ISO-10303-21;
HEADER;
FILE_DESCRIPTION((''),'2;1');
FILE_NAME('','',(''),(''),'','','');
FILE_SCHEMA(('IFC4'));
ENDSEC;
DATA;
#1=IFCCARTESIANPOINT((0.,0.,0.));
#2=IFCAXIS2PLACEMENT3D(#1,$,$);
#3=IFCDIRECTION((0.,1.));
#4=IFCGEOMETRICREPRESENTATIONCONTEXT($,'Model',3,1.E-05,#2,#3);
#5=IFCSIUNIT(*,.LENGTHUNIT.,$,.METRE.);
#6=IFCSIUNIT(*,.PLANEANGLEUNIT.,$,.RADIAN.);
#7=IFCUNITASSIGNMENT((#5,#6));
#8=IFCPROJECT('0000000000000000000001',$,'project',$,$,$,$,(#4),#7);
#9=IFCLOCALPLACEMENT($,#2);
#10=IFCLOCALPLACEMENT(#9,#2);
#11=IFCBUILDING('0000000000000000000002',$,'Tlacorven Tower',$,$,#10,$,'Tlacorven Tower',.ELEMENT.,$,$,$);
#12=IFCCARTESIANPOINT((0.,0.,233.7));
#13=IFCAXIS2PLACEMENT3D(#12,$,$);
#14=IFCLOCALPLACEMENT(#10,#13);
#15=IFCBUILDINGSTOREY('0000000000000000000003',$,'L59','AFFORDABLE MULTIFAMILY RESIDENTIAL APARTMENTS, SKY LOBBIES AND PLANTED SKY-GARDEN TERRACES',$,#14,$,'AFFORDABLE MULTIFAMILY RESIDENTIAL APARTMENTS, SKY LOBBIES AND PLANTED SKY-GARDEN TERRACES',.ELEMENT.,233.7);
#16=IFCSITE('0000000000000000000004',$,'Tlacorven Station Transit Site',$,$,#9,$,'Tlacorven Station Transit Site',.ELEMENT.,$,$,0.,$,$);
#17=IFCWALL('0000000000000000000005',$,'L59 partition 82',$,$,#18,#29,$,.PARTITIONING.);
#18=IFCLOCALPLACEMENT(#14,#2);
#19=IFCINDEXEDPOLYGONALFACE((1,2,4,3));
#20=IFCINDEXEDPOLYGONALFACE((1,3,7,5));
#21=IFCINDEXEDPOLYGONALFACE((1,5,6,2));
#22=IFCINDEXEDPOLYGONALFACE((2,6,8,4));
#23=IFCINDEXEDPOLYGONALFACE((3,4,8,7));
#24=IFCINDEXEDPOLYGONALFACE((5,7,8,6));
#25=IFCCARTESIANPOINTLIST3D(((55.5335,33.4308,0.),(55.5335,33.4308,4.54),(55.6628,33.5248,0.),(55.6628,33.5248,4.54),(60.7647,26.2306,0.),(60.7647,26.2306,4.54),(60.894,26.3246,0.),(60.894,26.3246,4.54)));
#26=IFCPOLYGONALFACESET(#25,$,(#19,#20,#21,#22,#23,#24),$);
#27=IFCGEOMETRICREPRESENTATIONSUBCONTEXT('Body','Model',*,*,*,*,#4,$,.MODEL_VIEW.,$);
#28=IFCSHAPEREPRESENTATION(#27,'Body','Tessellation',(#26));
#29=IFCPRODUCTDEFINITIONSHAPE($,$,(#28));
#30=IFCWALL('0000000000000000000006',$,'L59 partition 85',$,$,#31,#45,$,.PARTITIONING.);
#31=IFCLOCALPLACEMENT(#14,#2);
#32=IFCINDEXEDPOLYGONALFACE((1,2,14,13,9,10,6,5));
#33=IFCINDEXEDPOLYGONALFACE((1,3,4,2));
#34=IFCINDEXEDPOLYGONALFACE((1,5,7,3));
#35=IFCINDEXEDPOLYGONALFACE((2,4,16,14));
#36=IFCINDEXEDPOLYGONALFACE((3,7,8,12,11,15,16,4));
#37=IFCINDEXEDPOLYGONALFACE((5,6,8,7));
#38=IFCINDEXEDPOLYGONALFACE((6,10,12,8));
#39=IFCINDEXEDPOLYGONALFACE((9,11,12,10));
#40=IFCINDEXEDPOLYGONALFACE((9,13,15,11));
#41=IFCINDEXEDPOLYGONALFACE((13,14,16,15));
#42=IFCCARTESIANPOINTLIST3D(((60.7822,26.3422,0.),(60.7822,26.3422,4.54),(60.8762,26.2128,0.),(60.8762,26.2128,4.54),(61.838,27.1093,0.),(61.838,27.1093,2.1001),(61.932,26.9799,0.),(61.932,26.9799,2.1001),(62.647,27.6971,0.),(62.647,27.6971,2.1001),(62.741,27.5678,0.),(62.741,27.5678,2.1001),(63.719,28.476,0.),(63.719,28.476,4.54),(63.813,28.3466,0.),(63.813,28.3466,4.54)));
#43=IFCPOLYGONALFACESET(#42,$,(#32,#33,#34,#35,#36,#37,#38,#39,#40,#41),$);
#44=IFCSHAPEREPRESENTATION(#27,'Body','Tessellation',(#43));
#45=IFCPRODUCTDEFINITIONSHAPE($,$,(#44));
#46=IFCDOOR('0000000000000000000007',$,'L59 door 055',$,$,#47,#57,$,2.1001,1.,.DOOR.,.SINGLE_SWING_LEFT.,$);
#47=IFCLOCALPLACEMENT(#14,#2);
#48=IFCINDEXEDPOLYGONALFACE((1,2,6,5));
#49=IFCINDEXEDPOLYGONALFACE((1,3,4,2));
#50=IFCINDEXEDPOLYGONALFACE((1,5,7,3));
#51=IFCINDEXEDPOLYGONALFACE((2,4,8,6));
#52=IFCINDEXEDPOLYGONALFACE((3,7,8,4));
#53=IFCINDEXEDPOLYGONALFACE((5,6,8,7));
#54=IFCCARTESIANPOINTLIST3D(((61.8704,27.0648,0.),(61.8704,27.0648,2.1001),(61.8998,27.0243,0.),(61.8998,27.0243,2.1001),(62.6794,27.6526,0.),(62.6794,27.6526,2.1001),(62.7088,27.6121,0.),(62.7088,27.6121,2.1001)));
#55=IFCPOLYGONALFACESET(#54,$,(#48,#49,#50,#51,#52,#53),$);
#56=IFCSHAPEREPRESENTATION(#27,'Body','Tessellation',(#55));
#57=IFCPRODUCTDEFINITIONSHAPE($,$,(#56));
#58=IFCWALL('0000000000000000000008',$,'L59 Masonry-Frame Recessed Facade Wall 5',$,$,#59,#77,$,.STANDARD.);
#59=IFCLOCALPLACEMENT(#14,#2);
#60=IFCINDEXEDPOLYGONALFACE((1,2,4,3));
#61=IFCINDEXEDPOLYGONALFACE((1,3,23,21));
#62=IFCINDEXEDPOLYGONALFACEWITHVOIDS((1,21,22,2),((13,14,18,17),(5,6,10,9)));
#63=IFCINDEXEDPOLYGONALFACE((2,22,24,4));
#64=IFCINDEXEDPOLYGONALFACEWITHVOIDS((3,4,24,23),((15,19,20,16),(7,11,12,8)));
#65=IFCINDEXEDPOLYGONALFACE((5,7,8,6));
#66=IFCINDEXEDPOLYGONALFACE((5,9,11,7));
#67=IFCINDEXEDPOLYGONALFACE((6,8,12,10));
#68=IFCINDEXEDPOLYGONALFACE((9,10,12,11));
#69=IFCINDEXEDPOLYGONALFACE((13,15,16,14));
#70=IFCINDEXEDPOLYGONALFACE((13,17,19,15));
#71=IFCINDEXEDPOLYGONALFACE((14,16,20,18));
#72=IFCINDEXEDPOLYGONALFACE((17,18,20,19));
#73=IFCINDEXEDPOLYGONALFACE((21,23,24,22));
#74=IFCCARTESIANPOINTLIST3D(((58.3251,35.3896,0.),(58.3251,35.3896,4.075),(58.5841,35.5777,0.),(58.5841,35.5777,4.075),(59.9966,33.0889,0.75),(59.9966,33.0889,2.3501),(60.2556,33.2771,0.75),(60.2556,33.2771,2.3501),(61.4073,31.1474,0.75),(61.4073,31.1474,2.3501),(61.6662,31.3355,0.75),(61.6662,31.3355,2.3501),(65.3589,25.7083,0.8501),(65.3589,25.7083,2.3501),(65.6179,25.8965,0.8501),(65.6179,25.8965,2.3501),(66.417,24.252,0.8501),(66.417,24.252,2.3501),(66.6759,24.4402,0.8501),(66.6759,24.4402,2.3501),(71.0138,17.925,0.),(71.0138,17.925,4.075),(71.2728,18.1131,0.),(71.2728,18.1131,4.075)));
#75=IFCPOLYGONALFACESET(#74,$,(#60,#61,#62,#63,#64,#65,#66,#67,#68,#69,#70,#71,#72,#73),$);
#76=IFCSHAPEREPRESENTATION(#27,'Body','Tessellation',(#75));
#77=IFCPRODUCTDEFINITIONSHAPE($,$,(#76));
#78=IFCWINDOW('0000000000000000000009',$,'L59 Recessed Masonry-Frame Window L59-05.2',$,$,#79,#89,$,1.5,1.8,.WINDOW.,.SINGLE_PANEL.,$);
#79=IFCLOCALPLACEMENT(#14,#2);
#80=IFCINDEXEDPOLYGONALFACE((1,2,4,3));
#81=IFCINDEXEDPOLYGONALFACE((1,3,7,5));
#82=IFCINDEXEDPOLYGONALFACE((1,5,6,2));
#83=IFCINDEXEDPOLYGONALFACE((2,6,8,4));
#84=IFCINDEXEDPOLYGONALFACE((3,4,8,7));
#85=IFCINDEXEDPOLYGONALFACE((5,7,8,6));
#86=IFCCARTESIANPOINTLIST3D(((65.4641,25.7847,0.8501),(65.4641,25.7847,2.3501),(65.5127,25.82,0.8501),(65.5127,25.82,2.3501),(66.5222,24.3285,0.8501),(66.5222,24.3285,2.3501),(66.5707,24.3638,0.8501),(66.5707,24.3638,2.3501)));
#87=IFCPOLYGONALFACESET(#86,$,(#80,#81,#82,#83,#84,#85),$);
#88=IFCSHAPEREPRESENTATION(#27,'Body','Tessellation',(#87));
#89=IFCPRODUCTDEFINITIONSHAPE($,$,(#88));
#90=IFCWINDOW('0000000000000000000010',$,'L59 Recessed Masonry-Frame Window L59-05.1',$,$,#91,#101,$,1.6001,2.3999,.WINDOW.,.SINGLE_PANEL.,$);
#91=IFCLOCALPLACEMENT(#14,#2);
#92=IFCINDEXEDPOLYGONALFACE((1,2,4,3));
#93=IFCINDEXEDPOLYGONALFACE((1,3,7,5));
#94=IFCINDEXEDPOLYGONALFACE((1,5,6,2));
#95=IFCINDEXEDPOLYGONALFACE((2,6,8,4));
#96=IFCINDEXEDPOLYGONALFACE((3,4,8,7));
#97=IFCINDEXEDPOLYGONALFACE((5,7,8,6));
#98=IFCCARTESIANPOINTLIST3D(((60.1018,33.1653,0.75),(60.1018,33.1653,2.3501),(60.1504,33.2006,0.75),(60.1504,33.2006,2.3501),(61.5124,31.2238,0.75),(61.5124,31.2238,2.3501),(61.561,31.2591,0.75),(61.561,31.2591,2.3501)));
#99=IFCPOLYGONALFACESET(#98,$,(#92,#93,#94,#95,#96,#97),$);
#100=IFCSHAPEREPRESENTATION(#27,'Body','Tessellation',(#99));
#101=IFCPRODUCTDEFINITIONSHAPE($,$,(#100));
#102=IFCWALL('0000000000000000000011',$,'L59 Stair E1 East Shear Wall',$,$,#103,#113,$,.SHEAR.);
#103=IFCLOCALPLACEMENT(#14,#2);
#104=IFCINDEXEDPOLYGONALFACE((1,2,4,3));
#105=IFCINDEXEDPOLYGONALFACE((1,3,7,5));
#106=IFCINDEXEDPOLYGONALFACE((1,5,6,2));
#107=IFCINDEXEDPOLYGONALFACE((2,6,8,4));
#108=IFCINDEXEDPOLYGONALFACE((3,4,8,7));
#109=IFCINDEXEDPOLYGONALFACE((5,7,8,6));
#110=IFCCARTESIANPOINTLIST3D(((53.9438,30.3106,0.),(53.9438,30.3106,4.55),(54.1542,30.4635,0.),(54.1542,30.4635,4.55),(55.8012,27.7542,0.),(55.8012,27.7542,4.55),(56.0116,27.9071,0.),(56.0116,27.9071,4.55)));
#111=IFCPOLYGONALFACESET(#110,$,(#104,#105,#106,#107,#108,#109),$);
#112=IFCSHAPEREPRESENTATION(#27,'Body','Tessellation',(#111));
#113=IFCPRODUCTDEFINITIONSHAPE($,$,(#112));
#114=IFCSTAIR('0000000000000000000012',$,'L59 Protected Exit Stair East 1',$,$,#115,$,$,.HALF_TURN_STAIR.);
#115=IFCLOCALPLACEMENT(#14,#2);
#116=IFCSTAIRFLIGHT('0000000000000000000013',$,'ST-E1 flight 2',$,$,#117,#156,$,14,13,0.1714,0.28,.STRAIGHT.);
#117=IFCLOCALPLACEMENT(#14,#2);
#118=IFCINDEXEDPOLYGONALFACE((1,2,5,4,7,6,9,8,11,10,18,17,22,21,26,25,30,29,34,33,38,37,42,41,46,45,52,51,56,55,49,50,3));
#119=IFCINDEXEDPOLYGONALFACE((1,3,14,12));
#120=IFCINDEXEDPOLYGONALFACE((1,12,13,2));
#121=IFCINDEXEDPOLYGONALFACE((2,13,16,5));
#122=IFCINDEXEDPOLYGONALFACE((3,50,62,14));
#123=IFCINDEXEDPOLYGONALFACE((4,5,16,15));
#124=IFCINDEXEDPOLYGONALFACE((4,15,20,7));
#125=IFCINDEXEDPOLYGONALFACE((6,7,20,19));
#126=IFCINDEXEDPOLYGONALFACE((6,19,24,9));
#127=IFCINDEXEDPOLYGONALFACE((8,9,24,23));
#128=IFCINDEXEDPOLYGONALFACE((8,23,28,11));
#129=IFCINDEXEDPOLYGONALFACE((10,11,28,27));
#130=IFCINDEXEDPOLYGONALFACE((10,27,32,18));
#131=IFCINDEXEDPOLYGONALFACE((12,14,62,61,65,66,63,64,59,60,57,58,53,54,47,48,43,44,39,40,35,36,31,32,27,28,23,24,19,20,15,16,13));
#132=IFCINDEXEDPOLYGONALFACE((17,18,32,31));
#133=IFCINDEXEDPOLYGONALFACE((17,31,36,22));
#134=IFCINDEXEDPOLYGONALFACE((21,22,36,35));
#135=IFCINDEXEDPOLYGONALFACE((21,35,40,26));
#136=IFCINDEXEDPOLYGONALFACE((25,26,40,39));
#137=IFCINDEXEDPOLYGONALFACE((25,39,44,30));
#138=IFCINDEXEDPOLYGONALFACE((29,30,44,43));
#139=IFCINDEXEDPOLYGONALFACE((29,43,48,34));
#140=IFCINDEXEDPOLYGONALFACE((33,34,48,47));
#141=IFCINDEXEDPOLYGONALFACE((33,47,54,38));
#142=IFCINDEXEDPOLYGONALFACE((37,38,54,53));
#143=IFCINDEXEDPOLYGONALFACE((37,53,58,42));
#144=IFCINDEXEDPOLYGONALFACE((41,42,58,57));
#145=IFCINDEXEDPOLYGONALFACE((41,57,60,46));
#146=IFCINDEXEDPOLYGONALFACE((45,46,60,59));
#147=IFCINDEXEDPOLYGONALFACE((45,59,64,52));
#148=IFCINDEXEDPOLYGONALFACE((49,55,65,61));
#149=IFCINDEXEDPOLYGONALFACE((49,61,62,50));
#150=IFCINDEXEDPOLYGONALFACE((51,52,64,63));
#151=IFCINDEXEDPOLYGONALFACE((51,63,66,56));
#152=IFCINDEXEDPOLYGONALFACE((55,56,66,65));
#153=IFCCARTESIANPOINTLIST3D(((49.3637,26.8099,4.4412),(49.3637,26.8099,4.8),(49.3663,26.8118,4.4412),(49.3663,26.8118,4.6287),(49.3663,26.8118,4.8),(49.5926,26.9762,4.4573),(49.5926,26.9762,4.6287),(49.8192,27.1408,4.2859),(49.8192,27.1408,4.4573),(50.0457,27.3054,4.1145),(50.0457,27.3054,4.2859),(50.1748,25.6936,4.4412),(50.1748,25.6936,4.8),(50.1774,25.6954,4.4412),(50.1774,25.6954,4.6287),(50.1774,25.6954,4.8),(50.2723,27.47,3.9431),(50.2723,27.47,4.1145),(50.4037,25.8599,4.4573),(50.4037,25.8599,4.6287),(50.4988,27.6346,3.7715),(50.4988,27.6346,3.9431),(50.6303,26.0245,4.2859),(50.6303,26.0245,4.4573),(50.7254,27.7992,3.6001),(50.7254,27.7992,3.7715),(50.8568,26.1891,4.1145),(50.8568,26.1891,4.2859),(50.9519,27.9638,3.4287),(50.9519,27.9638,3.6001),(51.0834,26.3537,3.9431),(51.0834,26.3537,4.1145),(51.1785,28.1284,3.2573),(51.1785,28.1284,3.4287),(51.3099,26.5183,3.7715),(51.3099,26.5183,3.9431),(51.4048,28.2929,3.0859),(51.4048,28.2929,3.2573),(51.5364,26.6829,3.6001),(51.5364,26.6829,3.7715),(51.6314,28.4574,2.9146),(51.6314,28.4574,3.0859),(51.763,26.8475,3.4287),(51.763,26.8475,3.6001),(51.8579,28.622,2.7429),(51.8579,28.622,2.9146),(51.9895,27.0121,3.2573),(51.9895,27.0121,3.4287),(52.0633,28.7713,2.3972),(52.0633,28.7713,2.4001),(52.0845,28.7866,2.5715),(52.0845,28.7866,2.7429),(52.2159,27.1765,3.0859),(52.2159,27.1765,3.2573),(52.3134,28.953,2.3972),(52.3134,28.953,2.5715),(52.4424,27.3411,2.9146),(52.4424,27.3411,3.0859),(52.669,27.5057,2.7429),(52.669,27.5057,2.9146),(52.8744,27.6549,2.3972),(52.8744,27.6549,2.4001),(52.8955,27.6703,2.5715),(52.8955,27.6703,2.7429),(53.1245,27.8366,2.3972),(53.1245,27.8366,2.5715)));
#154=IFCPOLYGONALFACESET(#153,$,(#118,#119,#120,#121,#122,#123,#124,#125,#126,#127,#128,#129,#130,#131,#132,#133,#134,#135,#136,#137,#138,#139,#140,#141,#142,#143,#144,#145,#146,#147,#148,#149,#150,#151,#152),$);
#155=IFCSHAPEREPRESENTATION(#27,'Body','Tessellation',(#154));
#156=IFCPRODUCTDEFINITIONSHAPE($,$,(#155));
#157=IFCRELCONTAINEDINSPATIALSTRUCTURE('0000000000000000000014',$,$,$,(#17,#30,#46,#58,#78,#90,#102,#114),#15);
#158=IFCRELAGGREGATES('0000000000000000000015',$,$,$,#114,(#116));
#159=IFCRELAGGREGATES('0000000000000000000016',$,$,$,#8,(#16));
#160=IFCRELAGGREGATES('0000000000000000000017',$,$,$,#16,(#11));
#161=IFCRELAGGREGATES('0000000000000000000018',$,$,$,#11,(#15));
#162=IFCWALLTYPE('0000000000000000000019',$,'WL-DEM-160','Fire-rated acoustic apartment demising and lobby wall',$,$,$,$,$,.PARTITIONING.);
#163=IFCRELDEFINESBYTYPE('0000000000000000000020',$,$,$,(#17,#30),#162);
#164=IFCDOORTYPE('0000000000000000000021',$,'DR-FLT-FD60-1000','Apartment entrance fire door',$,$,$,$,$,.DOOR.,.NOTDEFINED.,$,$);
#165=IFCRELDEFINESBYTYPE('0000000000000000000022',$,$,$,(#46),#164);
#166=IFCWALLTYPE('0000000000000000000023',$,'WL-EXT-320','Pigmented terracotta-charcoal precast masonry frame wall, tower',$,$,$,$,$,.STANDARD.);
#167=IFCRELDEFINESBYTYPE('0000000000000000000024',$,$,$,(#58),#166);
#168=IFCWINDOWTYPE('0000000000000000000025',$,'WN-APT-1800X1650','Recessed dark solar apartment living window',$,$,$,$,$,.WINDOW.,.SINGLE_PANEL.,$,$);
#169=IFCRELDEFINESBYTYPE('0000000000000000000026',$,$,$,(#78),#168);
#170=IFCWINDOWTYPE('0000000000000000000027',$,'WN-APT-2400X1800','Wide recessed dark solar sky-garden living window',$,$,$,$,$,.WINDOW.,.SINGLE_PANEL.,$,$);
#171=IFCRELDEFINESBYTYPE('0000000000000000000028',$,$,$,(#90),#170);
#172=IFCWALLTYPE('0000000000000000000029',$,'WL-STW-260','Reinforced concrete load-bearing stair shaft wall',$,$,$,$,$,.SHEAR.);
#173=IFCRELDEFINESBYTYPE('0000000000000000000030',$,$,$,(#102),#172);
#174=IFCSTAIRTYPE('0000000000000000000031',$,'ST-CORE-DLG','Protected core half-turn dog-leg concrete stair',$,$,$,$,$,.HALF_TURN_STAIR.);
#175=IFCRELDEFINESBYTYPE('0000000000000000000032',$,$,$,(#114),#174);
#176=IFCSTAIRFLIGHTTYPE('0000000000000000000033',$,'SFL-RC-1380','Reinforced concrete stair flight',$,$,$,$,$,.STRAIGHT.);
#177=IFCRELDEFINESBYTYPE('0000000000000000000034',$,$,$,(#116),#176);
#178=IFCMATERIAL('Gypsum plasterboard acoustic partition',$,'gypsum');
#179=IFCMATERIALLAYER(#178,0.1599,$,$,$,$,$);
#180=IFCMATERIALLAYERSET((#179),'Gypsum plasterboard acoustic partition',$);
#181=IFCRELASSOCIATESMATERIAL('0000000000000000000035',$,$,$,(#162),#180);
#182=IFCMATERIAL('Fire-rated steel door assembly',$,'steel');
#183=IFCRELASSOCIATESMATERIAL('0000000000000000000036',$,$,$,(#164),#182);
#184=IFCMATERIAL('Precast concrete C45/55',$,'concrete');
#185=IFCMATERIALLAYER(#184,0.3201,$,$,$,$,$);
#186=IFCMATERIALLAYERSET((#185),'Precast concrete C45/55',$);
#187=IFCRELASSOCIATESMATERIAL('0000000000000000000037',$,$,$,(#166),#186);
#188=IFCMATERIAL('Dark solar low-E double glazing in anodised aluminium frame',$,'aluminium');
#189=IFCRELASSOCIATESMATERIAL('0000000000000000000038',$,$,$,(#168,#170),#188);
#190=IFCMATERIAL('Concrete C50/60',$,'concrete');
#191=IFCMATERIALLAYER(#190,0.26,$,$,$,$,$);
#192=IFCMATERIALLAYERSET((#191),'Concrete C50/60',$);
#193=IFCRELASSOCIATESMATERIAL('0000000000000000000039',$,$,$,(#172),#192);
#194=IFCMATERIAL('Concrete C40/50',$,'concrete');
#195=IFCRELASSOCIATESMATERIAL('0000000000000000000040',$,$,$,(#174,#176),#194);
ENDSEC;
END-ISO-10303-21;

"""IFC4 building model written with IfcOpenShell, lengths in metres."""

from ifc_helpers import new_model, si_unit, direction, frame, frame_2d, origin, place, context, subcontext, project, spatial, polyline, rectangle, outline, extrude, source, transform, mapped, material, layer, layer_set, type_object, element, fill, aggregate, save


model = new_model("IFC4")

# Units and contexts
model_context = context("Model", 3, precision=1e-05, world=origin(), true_north=direction((0.0, 1.0)))
body_context = subcontext(model_context, "Body", "Model", "MODEL_VIEW")
ifc_project = project(units=[si_unit("LENGTHUNIT", "METRE"), si_unit("PLANEANGLEUNIT", "RADIAN")], contexts=[model_context])

# Site, building, storey
site_placement = place(None, origin())
site = spatial("IfcSite", under=ifc_project, at=site_placement, Name="Tlacorven Station Transit Site", LongName="Tlacorven Station Transit Site", CompositionType="ELEMENT", RefElevation=0.0)
building_placement = place(site_placement, origin())
building = spatial("IfcBuilding", under=site, at=building_placement, Name="Tlacorven Tower", LongName="Tlacorven Tower", CompositionType="ELEMENT")
storey_placement = place(building_placement, frame((0.0, 0.0, 233.7)))
storey = spatial("IfcBuildingStorey", under=building, at=storey_placement, Name="L59", Description="AFFORDABLE MULTIFAMILY RESIDENTIAL APARTMENTS, SKY LOBBIES AND PLANTED SKY-GARDEN TERRACES", LongName="AFFORDABLE MULTIFAMILY RESIDENTIAL APARTMENTS, SKY LOBBIES AND PLANTED SKY-GARDEN TERRACES", CompositionType="ELEMENT", Elevation=233.7)

# Shared definitions
ifc_material_1 = material(Name="Concrete C50/60", Category="concrete")

# Shared definitions
ifc_material_2 = material(Name="Gypsum plasterboard acoustic partition", Category="gypsum")
ifc_layer_1 = layer(ifc_material_2, 0.1599)
ifc_layer_set_1 = layer_set([ifc_layer_1], Name="Gypsum plasterboard acoustic partition")
wall_type_1 = type_object("IfcWallType", Name="WL-DEM-160", Description="Fire-rated acoustic apartment demising and lobby wall", PredefinedType="PARTITIONING", material=ifc_layer_set_1)
ifc_material_3 = material(Name="Fire-rated steel door assembly", Category="steel")
door_type = type_object("IfcDoorType", Name="DR-FLT-FD60-1000", Description="Apartment entrance fire door", OperationType="NOTDEFINED", PredefinedType="DOOR", material=ifc_material_3)
shared_shape_1 = source(origin(), body_context, "Body", "SweptSolid", [
    extrude(rectangle(XDim=1.0, YDim=2.1001, at=frame_2d((0.5, 1.05))), frame((0.0, 0.0249, 0.0), z_axis=(0.0, -1.0, 0.0), x_axis=(1.0, 0.0, 0.0)), (0.0, 0.0, 1.0), 0.05),
])

# Wall
wall_1_placement = place(storey_placement, frame((60.8293, 26.2776, 0.0), z_axis=(0.0, 0.0, 1.0), x_axis=(-0.587782, 0.80902, 0.0)))
element("IfcWall", 1, at=wall_1_placement, inside=storey, type_object=wall_type_1, Name="L59 partition 82", PredefinedType="PARTITIONING", context=body_context, shape_type="SweptSolid", body=[
    extrude(rectangle(XDim=8.8999, YDim=0.1599, at=frame_2d((4.45, 0.0))), origin(), (0.0, 0.0, 1.0), 4.54),
])

# Wall, opening, door
wall_2_placement = place(storey_placement, frame((60.8293, 26.2776, 0.0), z_axis=(0.0, 0.0, 1.0), x_axis=(0.809004, 0.587804, 0.0)))
wall_2 = element("IfcWall", 2, at=wall_2_placement, inside=storey, type_object=wall_type_1, Name="L59 partition 85", PredefinedType="PARTITIONING", context=body_context, shape_type="SweptSolid", body=[
    extrude(rectangle(XDim=3.6301, YDim=0.1599, at=frame_2d((1.8149, 0.0))), origin(), (0.0, 0.0, 1.0), 4.54),
])
opening_1_placement = place(wall_2_placement, frame((1.3049, 0.0, 0.0)))
opening_1 = element("IfcOpeningElement", 3, at=opening_1_placement, cuts=wall_2, PredefinedType="OPENING", context=body_context, shape_type="SweptSolid", body=[
    extrude(rectangle(XDim=1.0, YDim=2.1001, at=frame_2d((0.5, 1.05))), frame((0.0, 0.0898, 0.0), z_axis=(0.0, -1.0, 0.0), x_axis=(1.0, 0.0, 0.0)), (0.0, 0.0, 1.0), 0.1799),
])
door_1_placement = place(opening_1_placement, origin())
door_1 = element("IfcDoor", 4, at=door_1_placement, inside=storey, type_object=door_type, Name="L59 door 055", OperationType="SINGLE_SWING_LEFT", OverallHeight=2.1001, OverallWidth=1.0, PredefinedType="DOOR", context=body_context, shape_type="MappedRepresentation", body=[
    mapped(shared_shape_1, transform((0.0, 0.0, 0.0), scale=1.0)),
])
fill(opening_1, door_1)

# Wall, openings, windows
ifc_material_4 = material(Name="Precast concrete C45/55", Category="concrete")
ifc_layer_2 = layer(ifc_material_4, 0.3201)
ifc_layer_set_2 = layer_set([ifc_layer_2], Name="Precast concrete C45/55")
wall_type_2 = type_object("IfcWallType", Name="WL-EXT-320", Description="Pigmented terracotta-charcoal precast masonry frame wall, tower", PredefinedType="STANDARD", material=ifc_layer_set_2)
wall_3_placement = place(storey_placement, frame((58.4546, 35.4836, 0.0), z_axis=(0.0, 0.0, 1.0), x_axis=(0.587784, -0.809018, 0.0)))
wall_3 = element("IfcWall", 5, at=wall_3_placement, inside=storey, type_object=wall_type_2, Name="L59 Masonry-Frame Recessed Facade Wall 5", PredefinedType="STANDARD", context=body_context, shape_type="SweptSolid", body=[
    extrude(rectangle(XDim=21.5874, YDim=0.3201, at=frame_2d((10.7937, 0.0))), origin(), (0.0, 0.0, 1.0), 4.075),
])
opening_2_placement = place(wall_3_placement, frame((2.8438, 0.0, 0.75)))
opening_2 = element("IfcOpeningElement", 6, at=opening_2_placement, cuts=wall_3, PredefinedType="OPENING", context=body_context, shape_type="SweptSolid", body=[
    extrude(rectangle(XDim=2.3999, YDim=1.6001, at=frame_2d((1.2, 0.8))), frame((0.0, 0.1699, 0.0), z_axis=(0.0, -1.0, 0.0), x_axis=(1.0, 0.0, 0.0)), (0.0, 0.0, 1.0), 0.3401),
])
opening_3_placement = place(wall_3_placement, frame((11.9668, 0.0, 0.8501)))
opening_3 = element("IfcOpeningElement", 7, at=opening_3_placement, cuts=wall_3, PredefinedType="OPENING", context=body_context, shape_type="SweptSolid", body=[
    extrude(rectangle(XDim=1.8, YDim=1.5, at=frame_2d((0.8999, 0.75))), frame((0.0, 0.1699, 0.0), z_axis=(0.0, -1.0, 0.0), x_axis=(1.0, 0.0, 0.0)), (0.0, 0.0, 1.0), 0.3401),
])
ifc_material_5 = material(Name="Dark solar low-E double glazing in anodised aluminium frame", Category="aluminium")
window_type_1 = type_object("IfcWindowType", Name="WN-APT-1800X1650", Description="Recessed dark solar apartment living window", PartitioningType="SINGLE_PANEL", PredefinedType="WINDOW", material=ifc_material_5)
shared_shape_2 = source(origin(), body_context, "Body", "SweptSolid", [
    extrude(rectangle(XDim=1.8, YDim=1.5, at=frame_2d((0.8999, 0.75))), frame((0.0, 0.03, 0.0), z_axis=(0.0, -1.0, 0.0), x_axis=(1.0, 0.0, 0.0)), (0.0, 0.0, 1.0), 0.0601),
])
window_1_placement = place(opening_3_placement, origin())
window_1 = element("IfcWindow", 8, at=window_1_placement, inside=storey, type_object=window_type_1, Name="L59 Recessed Masonry-Frame Window L59-05.2", OverallHeight=1.5, OverallWidth=1.8, PartitioningType="SINGLE_PANEL", PredefinedType="WINDOW", context=body_context, shape_type="MappedRepresentation", body=[
    mapped(shared_shape_2, transform((0.0, 0.0, 0.0), scale=1.0)),
])
fill(opening_3, window_1)
window_type_2 = type_object("IfcWindowType", Name="WN-APT-2400X1800", Description="Wide recessed dark solar sky-garden living window", PartitioningType="SINGLE_PANEL", PredefinedType="WINDOW", material=ifc_material_5)
shared_shape_3 = source(origin(), body_context, "Body", "SweptSolid", [
    extrude(rectangle(XDim=2.3999, YDim=1.6001, at=frame_2d((1.2, 0.8))), frame((0.0, 0.03, 0.0), z_axis=(0.0, -1.0, 0.0), x_axis=(1.0, 0.0, 0.0)), (0.0, 0.0, 1.0), 0.0601),
])
window_2_placement = place(opening_2_placement, origin())
window_2 = element("IfcWindow", 9, at=window_2_placement, inside=storey, type_object=window_type_2, Name="L59 Recessed Masonry-Frame Window L59-05.1", OverallHeight=1.6001, OverallWidth=2.3999, PartitioningType="SINGLE_PANEL", PredefinedType="WINDOW", context=body_context, shape_type="MappedRepresentation", body=[
    mapped(shared_shape_3, transform((0.0, 0.0, 0.0), scale=1.0)),
])
fill(opening_2, window_2)

# Wall
ifc_layer_3 = layer(ifc_material_1, 0.26)
ifc_layer_set_3 = layer_set([ifc_layer_3], Name="Concrete C50/60")
wall_type_3 = type_object("IfcWallType", Name="WL-STW-260", Description="Reinforced concrete load-bearing stair shaft wall", PredefinedType="SHEAR", material=ifc_layer_set_3)
wall_4_placement = place(storey_placement, frame((55.9065, 27.8306, 0.0), z_axis=(0.0, 0.0, 1.0), x_axis=(-0.587804, 0.809003, 0.0)))
element("IfcWall", 10, at=wall_4_placement, inside=storey, type_object=wall_type_3, Name="L59 Stair E1 East Shear Wall", PredefinedType="SHEAR", context=body_context, shape_type="SweptSolid", body=[
    extrude(rectangle(XDim=3.1599, YDim=0.26, at=frame_2d((1.5801, 0.0))), origin(), (0.0, 0.0, 1.0), 4.55),
])

# Stair, stair flight
ifc_material_6 = material(Name="Concrete C40/50", Category="concrete")
stair_type = type_object("IfcStairType", Name="ST-CORE-DLG", Description="Protected core half-turn dog-leg concrete stair", PredefinedType="HALF_TURN_STAIR", material=ifc_material_6)
stair_placement = place(storey_placement, origin())
stair = element("IfcStair", 11, at=stair_placement, inside=storey, type_object=stair_type, Name="L59 Protected Exit Stair East 1", PredefinedType="HALF_TURN_STAIR")
stair_flight_type = type_object("IfcStairFlightType", Name="SFL-RC-1380", Description="Reinforced concrete stair flight", PredefinedType="STRAIGHT", material=ifc_material_6)
shared_shape_4 = source(origin(), body_context, "Body", "SweptSolid", [
    extrude(outline(polyline([(-0.0029, -0.0029), (-0.0029, 0.1714), (0.28, 0.1714), (0.28, 0.3428), (0.5601, 0.3428), (0.5601, 0.5144), (0.8401, 0.5144), (0.8401, 0.6858), (1.1201, 0.6858), (1.1201, 0.8572), (1.3999, 0.8572), (1.3999, 1.0286), (1.6799, 1.0286), (1.6799, 1.2), (1.96, 1.2), (1.96, 1.3713), (2.24, 1.3713), (2.24, 1.543), (2.52, 1.543), (2.52, 1.7144), (2.8, 1.7144), (2.8, 1.8857), (3.0801, 1.8857), (3.0801, 2.0571), (3.3601, 2.0571), (3.3601, 2.2285), (3.6399, 2.2285), (3.6399, 2.3999), (3.6431, 2.3999), (3.6431, 2.041), (3.6399, 2.041), (0.3062, 0.0), (0.3062, -0.0029), (-0.0029, -0.0029)])), frame((0.0, 0.6899, 0.0), z_axis=(0.0, -1.0, 0.0), x_axis=(1.0, 0.0, 0.0)), (0.0, 0.0, 1.0), 1.3799),
])
stair_flight_placement = place(storey_placement, frame((52.7166, 28.3931, 2.4001), z_axis=(0.0, 0.0, 1.0), x_axis=(-0.809017, -0.587785, 0.0)))
stair_flight = element("IfcStairFlight", 12, at=stair_flight_placement, type_object=stair_flight_type, Name="ST-E1 flight 2", NumberOfRisers=14, NumberOfTreads=13, PredefinedType="STRAIGHT", RiserHeight=0.1714, TreadLength=0.28, context=body_context, shape_type="MappedRepresentation", body=[
    mapped(shared_shape_4, transform((0.0, 0.0, 0.0), scale=1.0)),
])
aggregate(stair, [stair_flight])

save(model, "model.ifc")
